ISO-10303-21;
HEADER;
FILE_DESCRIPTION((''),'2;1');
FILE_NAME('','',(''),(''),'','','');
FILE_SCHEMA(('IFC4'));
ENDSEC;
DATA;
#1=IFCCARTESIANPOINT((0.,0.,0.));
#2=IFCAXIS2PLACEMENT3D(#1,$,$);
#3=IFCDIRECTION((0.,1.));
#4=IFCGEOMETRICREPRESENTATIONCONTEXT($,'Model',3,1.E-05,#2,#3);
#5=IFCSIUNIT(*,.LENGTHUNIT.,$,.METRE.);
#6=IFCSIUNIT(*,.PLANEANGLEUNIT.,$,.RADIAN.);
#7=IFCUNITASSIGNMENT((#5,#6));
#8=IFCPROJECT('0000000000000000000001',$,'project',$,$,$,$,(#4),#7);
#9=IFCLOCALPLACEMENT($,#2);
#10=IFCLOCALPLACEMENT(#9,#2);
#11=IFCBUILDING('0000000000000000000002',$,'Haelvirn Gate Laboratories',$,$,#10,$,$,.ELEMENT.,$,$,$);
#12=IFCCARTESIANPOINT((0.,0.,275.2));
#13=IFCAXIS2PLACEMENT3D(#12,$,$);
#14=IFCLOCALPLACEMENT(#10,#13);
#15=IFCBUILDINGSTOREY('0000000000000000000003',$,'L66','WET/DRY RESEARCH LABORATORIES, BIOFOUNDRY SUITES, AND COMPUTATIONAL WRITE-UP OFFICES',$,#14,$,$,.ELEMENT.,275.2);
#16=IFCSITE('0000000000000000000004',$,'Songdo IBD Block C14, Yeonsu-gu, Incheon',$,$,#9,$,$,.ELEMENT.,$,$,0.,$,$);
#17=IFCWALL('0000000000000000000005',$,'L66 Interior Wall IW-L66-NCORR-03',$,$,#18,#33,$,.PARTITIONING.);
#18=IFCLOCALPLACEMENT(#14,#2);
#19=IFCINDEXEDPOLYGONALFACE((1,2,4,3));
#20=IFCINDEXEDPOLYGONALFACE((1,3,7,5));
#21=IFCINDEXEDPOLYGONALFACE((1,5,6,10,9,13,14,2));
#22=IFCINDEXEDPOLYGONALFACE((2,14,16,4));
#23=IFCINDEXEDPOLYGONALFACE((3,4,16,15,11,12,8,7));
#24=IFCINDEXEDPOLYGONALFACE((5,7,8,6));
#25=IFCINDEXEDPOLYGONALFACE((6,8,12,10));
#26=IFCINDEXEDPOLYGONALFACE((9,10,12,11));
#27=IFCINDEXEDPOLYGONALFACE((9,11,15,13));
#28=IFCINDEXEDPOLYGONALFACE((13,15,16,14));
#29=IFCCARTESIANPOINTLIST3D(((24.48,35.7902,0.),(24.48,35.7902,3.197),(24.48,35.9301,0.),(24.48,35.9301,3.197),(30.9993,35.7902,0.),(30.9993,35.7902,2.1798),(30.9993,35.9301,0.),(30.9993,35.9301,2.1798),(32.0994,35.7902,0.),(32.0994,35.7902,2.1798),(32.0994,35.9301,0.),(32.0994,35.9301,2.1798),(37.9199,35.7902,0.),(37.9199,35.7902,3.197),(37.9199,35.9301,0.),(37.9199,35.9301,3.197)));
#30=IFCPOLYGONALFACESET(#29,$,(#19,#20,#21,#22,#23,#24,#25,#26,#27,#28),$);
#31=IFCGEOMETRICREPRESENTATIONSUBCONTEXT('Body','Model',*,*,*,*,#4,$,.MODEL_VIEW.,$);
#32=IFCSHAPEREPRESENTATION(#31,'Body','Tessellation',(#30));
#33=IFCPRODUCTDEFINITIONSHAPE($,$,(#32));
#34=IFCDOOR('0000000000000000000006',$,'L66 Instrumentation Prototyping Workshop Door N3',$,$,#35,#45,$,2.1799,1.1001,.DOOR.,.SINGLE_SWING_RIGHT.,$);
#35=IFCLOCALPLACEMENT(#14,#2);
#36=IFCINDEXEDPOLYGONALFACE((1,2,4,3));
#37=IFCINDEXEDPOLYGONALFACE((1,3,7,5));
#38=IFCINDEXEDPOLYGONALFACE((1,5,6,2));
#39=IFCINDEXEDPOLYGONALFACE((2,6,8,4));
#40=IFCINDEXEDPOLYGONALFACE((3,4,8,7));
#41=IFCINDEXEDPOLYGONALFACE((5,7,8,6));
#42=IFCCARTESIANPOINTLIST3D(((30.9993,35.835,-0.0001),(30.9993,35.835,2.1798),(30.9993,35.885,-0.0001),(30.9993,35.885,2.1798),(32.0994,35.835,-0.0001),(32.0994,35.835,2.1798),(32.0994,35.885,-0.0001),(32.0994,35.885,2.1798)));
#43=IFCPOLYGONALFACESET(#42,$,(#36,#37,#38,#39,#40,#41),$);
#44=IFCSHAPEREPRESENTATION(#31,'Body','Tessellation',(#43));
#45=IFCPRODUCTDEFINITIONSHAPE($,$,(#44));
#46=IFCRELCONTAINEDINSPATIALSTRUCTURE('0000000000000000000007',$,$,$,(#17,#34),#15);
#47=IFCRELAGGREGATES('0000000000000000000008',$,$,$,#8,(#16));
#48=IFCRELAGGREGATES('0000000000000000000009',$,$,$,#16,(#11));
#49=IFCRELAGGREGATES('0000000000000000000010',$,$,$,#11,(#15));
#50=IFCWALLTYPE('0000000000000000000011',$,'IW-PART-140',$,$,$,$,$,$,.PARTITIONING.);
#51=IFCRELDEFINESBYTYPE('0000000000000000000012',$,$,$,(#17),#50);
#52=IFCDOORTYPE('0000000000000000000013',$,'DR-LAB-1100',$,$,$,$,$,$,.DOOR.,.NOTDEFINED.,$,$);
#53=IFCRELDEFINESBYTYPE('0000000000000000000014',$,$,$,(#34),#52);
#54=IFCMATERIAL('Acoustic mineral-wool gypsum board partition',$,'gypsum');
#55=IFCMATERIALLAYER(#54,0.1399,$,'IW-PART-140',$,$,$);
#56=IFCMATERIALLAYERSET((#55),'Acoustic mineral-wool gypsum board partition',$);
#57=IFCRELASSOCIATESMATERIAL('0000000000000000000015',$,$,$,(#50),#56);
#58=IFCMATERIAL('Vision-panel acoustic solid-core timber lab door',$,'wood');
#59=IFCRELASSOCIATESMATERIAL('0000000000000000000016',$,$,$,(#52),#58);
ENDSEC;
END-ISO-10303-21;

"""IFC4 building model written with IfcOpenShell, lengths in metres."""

from ifc_helpers import new_model, si_unit, direction, frame, frame_2d, origin, place, context, subcontext, project, spatial, rectangle, extrude, source, transform, mapped, material, layer, layer_set, type_object, type_shapes, element, fill, save


model = new_model("IFC4")

# Units and contexts
model_context = context("Model", 3, precision=1e-05, world=origin(), true_north=direction((0.0, 1.0)))
body_context = subcontext(model_context, "Body", "Model", "MODEL_VIEW")
ifc_project = project(units=[si_unit("LENGTHUNIT", "METRE"), si_unit("PLANEANGLEUNIT", "RADIAN")], contexts=[model_context])

# Site, building, storey
site_placement = place(None, origin())
site = spatial("IfcSite", under=ifc_project, at=site_placement, Name="Songdo IBD Block C14, Yeonsu-gu, Incheon", CompositionType="ELEMENT", RefElevation=0.0)
building_placement = place(site_placement, origin())
building = spatial("IfcBuilding", under=site, at=building_placement, Name="Haelvirn Gate Laboratories", CompositionType="ELEMENT")
storey_placement = place(building_placement, frame((0.0, 0.0, 275.2)))
storey = spatial("IfcBuildingStorey", under=building, at=storey_placement, Name="L66", Description="WET/DRY RESEARCH LABORATORIES, BIOFOUNDRY SUITES, AND COMPUTATIONAL WRITE-UP OFFICES", CompositionType="ELEMENT", Elevation=275.2)

# Wall, opening, door
ifc_material_1 = material(Name="Acoustic mineral-wool gypsum board partition", Category="gypsum")
ifc_layer_1 = layer(ifc_material_1, 0.1399, Name="IW-PART-140")
ifc_layer_set_1 = layer_set([ifc_layer_1], Name="Acoustic mineral-wool gypsum board partition")
wall_type_1 = type_object("IfcWallType", Name="IW-PART-140", PredefinedType="PARTITIONING", material=ifc_layer_set_1)
wall_1_placement = place(storey_placement, frame((24.48, 35.8601, 0.0), z_axis=(0.0, 0.0, 1.0), x_axis=(1.0, 0.0, 0.0)))
wall_1 = element("IfcWall", 1, at=wall_1_placement, inside=storey, type_object=wall_type_1, Name="L66 Interior Wall IW-L66-NCORR-03", PredefinedType="PARTITIONING", context=body_context, shape_type="SweptSolid", body=[
    extrude(rectangle(XDim=13.4399, YDim=0.1399, at=frame_2d((6.72, 0.0))), origin(), (0.0, 0.0, 1.0), 3.197),
])
opening_placement = place(wall_1_placement, frame((6.5193, 0.0, 0.0)))
opening = element("IfcOpeningElement", 2, at=opening_placement, cuts=wall_1, PredefinedType="OPENING", context=body_context, shape_type="SweptSolid", body=[
    extrude(rectangle(XDim=1.1001, YDim=2.1799, at=frame_2d((0.55, 1.0898))), frame((0.0, 0.0801, 0.0), z_axis=(0.0, -1.0, 0.0), x_axis=(1.0, 0.0, 0.0)), (0.0, 0.0, 1.0), 0.1599),
])
ifc_material_2 = material(Name="Vision-panel acoustic solid-core timber lab door", Category="wood")
door_type = type_object("IfcDoorType", Name="DR-LAB-1100", OperationType="NOTDEFINED", PredefinedType="DOOR", material=ifc_material_2)
shared_shape_1 = source(origin(), body_context, "Body", "SweptSolid", [
    extrude(rectangle(XDim=1.1001, YDim=2.1799, at=frame_2d((0.55, 1.0898))), frame((0.0, 0.0249, 0.0), z_axis=(0.0, -1.0, 0.0), x_axis=(1.0, 0.0, 0.0)), (0.0, 0.0, 1.0), 0.05),
])
type_shapes(door_type, [shared_shape_1])
door_placement = place(opening_placement, origin())
door = element("IfcDoor", 3, at=door_placement, inside=storey, type_object=door_type, Name="L66 Instrumentation Prototyping Workshop Door N3", OperationType="SINGLE_SWING_RIGHT", OverallHeight=2.1799, OverallWidth=1.1001, PredefinedType="DOOR", context=body_context, shape_type="MappedRepresentation", body=[
    mapped(shared_shape_1, transform((0.0, 0.0, 0.0), scale=1.0)),
])
fill(opening, door)

save(model, "model.ifc")
